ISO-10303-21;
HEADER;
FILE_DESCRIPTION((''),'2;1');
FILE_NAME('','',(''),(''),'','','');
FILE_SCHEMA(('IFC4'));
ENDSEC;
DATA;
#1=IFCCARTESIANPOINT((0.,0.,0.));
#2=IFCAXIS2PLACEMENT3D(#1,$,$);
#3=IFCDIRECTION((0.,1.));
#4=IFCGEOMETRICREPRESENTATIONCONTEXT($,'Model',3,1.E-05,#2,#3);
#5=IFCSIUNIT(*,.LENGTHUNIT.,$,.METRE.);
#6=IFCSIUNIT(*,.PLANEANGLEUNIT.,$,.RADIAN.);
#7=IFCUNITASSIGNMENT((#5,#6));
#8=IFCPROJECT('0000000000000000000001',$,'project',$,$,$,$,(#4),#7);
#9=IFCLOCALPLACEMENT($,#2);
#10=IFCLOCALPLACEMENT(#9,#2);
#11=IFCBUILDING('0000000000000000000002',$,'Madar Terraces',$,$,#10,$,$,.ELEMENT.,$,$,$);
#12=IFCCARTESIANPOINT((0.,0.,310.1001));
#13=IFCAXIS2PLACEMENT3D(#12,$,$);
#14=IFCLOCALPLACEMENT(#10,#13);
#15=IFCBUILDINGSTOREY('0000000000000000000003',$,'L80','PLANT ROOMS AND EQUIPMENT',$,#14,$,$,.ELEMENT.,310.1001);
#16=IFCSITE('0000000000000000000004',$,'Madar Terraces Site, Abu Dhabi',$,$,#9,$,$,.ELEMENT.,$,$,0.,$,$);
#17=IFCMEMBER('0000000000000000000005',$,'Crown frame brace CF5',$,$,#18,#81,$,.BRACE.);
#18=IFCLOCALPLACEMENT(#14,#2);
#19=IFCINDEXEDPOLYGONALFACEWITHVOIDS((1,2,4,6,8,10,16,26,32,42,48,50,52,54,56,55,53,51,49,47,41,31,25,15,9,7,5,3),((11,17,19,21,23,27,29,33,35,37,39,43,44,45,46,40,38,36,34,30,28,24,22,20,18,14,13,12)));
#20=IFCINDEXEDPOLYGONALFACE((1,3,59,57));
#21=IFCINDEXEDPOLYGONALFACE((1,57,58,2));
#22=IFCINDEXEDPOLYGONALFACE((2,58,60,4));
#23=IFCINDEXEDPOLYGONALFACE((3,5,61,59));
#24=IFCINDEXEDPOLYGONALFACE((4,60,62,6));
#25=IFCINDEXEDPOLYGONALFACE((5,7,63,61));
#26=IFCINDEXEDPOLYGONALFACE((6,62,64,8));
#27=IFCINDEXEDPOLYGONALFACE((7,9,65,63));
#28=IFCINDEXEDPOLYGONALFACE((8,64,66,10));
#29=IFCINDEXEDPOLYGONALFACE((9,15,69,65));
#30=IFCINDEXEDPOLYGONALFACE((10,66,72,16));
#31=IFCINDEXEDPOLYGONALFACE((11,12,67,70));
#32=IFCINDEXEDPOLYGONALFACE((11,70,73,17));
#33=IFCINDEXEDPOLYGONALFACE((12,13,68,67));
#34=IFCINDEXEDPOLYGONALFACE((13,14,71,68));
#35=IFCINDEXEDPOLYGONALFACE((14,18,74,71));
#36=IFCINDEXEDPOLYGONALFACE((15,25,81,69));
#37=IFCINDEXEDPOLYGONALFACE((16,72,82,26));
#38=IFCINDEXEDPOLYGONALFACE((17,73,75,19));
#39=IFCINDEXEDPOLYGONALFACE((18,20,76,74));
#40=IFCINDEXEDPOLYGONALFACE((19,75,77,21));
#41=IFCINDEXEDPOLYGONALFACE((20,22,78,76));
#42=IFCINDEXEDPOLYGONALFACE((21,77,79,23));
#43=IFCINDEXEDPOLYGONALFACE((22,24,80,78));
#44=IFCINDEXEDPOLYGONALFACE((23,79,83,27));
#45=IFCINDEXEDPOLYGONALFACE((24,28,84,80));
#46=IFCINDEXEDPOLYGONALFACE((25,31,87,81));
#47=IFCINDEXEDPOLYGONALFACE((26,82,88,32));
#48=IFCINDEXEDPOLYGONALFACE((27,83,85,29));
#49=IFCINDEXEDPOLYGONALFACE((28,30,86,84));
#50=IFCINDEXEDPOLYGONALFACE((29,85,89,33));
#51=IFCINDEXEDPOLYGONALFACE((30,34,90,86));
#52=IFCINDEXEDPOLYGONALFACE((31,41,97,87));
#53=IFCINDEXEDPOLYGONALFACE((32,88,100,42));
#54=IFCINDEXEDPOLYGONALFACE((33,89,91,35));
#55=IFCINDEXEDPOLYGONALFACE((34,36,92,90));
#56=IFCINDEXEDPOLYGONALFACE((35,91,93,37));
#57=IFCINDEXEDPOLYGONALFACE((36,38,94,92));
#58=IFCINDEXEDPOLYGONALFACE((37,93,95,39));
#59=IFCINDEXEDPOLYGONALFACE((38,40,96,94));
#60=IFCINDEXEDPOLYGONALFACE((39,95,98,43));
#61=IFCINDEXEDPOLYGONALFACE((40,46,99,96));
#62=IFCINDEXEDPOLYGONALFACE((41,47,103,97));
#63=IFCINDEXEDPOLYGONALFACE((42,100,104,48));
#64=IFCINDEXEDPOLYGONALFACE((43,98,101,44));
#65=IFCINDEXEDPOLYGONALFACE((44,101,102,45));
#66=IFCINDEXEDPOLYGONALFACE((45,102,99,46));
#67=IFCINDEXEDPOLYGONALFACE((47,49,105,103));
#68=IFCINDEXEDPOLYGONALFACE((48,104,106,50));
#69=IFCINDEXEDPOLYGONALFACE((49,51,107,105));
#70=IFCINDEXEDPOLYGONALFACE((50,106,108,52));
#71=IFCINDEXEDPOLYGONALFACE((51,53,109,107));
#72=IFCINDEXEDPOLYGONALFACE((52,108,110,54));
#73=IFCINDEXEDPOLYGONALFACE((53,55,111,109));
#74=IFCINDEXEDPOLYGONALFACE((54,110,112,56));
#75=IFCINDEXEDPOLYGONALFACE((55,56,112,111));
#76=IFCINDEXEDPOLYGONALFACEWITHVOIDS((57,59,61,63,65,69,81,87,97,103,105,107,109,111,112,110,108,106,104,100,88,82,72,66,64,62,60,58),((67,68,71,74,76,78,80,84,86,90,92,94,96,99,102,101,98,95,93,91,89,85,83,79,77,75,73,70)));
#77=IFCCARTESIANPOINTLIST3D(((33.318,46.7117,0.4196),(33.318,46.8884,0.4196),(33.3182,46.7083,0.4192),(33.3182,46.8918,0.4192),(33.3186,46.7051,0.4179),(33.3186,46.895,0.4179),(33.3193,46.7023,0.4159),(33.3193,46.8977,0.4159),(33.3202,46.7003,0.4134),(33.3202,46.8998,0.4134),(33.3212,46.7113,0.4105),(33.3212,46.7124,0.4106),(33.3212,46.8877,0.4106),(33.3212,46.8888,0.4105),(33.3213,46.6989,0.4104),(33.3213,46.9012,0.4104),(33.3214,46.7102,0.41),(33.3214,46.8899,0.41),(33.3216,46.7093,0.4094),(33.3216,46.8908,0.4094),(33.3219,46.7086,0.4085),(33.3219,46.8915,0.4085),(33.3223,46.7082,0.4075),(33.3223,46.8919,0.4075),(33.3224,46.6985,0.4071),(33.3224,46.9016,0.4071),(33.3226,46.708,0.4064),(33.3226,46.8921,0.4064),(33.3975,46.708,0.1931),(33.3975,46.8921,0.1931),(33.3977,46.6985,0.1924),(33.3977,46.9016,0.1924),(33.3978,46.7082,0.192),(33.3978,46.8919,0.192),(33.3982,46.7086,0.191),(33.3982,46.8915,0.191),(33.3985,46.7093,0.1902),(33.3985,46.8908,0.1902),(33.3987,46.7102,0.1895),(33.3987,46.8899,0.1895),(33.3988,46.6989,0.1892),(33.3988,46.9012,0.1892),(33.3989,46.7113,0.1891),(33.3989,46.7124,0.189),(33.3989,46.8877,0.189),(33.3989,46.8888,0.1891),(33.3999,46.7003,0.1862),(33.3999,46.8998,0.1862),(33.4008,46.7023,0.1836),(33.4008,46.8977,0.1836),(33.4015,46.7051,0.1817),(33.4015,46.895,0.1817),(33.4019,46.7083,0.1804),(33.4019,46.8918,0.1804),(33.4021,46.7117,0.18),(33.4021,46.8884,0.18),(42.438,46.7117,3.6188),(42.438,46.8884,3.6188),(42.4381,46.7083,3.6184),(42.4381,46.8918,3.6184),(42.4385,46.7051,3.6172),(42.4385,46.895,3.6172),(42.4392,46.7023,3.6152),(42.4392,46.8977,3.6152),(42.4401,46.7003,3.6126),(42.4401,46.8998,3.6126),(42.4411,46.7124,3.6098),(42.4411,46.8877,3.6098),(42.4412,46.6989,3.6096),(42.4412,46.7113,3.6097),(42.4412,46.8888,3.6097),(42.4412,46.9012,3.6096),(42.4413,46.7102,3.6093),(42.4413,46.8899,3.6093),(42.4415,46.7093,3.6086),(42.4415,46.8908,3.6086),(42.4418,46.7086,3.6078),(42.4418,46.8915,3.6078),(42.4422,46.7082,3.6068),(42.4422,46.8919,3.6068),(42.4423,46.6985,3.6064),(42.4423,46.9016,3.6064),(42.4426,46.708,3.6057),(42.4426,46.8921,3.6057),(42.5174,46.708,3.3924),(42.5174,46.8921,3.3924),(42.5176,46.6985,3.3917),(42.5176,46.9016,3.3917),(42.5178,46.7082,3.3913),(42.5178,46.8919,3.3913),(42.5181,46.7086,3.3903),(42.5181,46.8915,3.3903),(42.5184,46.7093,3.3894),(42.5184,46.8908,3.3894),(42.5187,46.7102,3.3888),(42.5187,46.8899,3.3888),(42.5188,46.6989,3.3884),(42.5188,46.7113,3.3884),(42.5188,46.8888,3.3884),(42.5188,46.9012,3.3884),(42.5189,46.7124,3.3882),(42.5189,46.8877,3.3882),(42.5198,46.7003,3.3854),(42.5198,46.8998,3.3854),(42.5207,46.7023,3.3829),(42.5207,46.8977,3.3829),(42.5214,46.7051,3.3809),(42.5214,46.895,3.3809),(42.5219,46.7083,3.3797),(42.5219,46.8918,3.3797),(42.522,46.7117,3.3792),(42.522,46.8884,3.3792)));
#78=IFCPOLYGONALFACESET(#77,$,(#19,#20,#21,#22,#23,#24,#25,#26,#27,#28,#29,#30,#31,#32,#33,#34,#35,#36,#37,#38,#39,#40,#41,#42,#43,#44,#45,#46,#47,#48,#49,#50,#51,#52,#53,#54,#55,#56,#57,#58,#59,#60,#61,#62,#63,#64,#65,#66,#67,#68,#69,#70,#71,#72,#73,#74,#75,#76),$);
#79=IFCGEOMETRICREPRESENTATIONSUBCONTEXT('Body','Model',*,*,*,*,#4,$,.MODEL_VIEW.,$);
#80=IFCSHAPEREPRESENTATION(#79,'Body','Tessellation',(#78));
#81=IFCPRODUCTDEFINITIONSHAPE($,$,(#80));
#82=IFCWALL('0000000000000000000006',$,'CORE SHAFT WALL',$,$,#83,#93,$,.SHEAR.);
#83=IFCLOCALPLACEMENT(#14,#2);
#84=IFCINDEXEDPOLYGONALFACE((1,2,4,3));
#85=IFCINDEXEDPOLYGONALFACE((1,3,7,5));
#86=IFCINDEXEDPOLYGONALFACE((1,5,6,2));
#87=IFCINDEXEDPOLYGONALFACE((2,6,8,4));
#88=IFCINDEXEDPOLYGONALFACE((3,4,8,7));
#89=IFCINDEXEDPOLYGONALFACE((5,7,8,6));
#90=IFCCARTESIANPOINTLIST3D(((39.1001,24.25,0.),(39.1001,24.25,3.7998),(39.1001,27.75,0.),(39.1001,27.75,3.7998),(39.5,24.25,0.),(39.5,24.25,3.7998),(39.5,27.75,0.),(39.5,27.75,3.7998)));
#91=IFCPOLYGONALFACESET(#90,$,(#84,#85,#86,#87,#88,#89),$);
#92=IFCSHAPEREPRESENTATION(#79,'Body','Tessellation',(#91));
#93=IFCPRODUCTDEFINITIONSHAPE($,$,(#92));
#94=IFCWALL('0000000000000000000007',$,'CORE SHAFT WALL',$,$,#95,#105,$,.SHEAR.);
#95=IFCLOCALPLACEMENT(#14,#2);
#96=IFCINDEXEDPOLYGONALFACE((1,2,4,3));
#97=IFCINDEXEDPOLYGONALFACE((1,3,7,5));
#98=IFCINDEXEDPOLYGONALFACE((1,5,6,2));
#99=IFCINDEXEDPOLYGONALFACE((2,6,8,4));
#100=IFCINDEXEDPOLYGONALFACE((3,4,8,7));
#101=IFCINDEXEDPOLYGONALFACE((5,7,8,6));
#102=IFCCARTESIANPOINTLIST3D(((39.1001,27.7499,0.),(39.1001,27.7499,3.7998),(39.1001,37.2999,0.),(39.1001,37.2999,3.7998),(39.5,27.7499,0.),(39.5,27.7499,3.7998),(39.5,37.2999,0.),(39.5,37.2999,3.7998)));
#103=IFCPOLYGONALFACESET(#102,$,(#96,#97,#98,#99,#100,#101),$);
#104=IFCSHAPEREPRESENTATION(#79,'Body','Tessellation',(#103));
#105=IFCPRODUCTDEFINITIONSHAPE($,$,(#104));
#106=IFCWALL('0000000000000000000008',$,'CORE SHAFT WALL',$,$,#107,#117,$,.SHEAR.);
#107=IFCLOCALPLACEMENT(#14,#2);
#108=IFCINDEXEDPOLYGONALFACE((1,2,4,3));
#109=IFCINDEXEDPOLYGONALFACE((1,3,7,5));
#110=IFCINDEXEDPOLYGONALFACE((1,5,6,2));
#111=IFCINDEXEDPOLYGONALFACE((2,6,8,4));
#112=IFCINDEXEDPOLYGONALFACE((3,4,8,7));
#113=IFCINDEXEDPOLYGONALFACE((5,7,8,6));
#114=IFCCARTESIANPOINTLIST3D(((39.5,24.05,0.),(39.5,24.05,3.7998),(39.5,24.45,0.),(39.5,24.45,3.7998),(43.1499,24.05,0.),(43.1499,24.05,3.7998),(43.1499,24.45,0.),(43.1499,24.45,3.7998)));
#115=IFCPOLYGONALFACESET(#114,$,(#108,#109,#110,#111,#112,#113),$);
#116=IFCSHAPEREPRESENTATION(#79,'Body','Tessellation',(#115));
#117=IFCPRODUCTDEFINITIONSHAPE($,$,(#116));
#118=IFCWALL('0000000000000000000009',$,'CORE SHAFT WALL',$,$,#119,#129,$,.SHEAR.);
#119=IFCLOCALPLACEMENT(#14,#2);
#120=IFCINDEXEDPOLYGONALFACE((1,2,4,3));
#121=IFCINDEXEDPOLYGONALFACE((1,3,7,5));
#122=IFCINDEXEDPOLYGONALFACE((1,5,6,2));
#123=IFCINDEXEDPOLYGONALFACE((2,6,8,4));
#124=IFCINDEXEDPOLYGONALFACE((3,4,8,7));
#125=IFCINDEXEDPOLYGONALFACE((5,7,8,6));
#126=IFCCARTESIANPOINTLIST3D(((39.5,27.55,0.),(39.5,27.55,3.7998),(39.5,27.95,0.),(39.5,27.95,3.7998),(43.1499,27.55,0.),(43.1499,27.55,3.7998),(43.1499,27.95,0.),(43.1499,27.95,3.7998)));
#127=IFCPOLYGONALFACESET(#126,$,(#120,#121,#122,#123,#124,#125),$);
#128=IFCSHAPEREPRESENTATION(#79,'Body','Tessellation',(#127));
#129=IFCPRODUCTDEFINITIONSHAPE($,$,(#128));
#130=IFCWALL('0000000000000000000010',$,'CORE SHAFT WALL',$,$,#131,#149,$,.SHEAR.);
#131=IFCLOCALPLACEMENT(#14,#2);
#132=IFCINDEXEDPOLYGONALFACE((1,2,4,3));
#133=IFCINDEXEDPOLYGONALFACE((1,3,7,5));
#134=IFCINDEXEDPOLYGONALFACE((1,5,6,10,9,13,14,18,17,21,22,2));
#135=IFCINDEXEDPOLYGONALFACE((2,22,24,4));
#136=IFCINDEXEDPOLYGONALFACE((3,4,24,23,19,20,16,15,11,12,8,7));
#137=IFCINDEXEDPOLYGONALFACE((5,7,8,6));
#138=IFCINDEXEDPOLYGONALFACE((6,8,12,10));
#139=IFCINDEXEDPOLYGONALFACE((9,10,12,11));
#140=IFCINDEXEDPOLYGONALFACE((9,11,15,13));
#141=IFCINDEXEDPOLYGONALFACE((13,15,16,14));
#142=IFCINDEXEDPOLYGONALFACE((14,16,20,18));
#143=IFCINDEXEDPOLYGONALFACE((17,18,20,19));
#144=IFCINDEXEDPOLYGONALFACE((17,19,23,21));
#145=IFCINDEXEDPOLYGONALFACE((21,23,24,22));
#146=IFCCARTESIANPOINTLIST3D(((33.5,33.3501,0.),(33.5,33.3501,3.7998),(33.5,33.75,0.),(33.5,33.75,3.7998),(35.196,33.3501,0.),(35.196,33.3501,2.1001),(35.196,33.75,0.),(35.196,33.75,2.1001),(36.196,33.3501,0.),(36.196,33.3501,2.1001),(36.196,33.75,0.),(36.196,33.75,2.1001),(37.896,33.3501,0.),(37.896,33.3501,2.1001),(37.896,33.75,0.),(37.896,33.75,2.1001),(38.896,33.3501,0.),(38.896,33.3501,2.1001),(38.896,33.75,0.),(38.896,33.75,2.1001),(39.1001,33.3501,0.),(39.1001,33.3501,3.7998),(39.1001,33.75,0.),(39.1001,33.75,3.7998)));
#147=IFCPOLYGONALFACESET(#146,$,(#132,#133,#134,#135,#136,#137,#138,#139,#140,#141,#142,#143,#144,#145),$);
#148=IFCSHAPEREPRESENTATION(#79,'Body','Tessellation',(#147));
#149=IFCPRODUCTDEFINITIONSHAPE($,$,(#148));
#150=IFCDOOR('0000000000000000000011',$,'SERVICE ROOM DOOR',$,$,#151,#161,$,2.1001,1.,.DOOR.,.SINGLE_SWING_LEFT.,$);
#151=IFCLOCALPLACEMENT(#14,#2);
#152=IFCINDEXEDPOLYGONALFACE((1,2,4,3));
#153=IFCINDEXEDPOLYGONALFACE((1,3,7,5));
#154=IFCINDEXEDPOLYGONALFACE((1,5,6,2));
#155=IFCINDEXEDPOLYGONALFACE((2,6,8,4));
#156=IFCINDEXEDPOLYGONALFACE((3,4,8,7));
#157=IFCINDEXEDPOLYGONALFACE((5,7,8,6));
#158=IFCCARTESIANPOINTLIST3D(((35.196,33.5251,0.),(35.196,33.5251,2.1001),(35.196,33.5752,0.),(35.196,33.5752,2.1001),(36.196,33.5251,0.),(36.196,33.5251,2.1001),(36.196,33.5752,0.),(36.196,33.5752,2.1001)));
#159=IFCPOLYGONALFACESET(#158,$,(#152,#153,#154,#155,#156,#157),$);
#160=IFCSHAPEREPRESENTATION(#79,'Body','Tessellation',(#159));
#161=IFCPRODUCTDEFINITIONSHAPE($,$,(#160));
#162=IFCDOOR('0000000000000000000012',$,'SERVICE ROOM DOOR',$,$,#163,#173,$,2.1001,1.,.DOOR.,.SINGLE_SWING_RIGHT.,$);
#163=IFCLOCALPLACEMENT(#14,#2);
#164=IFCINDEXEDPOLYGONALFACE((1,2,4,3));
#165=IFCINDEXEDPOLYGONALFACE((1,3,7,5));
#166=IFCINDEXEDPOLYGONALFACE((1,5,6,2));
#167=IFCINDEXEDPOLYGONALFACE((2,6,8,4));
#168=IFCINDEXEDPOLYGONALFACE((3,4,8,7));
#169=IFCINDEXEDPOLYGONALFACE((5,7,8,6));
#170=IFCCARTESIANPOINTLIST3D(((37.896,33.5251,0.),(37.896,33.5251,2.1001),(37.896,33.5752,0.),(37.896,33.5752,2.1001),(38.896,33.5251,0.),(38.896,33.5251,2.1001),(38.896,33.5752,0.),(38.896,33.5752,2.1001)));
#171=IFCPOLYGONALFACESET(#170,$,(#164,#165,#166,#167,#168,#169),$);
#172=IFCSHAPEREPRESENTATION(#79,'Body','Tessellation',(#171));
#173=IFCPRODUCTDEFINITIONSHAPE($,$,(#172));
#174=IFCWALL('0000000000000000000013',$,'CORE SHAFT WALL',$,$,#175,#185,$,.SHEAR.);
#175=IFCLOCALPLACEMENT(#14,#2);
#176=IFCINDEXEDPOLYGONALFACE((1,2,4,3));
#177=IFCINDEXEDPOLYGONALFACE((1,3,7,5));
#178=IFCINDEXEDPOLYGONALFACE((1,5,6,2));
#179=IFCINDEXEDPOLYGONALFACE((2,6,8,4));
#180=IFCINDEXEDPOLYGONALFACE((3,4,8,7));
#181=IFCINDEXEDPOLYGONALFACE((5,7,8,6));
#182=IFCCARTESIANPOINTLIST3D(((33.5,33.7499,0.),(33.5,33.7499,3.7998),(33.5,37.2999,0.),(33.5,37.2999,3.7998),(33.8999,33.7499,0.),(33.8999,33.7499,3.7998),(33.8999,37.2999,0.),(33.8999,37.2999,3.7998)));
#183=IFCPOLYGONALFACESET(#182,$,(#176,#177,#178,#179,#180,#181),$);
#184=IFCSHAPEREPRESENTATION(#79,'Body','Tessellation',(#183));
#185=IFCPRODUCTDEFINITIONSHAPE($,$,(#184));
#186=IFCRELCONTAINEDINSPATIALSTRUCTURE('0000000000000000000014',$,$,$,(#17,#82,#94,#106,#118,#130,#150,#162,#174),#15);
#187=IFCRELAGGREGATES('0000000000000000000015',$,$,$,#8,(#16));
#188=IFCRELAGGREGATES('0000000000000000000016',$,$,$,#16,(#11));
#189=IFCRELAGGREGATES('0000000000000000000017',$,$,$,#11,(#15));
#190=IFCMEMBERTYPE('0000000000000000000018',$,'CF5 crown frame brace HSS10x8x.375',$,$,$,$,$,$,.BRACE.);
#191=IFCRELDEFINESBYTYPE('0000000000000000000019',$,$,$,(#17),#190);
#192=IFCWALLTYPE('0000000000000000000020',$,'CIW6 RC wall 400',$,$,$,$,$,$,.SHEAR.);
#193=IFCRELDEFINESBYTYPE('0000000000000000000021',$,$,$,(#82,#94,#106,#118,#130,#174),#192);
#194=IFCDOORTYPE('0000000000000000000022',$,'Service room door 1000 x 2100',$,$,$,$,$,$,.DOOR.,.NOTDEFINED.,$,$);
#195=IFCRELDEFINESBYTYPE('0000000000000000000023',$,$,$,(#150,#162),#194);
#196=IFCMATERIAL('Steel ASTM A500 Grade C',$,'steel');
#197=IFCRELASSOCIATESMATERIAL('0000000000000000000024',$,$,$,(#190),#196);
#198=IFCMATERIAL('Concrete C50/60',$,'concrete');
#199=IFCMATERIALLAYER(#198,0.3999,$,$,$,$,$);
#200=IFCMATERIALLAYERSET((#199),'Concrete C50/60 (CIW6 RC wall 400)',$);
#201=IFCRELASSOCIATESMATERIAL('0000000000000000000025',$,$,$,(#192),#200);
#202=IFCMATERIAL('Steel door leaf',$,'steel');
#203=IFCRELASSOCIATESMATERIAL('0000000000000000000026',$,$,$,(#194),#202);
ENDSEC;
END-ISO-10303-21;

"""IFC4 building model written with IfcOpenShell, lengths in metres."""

from ifc_helpers import new_model, si_unit, direction, frame, frame_2d, origin, origin_2d, place, context, subcontext, project, spatial, rectangle, hollow_rectangle, extrude, material, layer, layer_set, material_profile, profile_set, type_object, element, fill, save


model = new_model("IFC4")

# Units and contexts
model_context = context("Model", 3, precision=1e-05, world=origin(), true_north=direction((0.0, 1.0)))
body_context = subcontext(model_context, "Body", "Model", "MODEL_VIEW")
ifc_project = project(units=[si_unit("LENGTHUNIT", "METRE"), si_unit("PLANEANGLEUNIT", "RADIAN")], contexts=[model_context])

# Site, building, storey
site_placement = place(None, origin())
site = spatial("IfcSite", under=ifc_project, at=site_placement, Name="Madar Terraces Site, Abu Dhabi", CompositionType="ELEMENT", RefElevation=0.0)
building_placement = place(site_placement, origin())
building = spatial("IfcBuilding", under=site, at=building_placement, Name="Madar Terraces", CompositionType="ELEMENT")
storey_placement = place(building_placement, frame((0.0, 0.0, 310.1001)))
storey = spatial("IfcBuildingStorey", under=building, at=storey_placement, Name="L80", Description="PLANT ROOMS AND EQUIPMENT", CompositionType="ELEMENT", Elevation=310.1001)

# Member
ifc_material_1 = material(Name="Steel ASTM A500 Grade C", Category="steel")
ifc_material_profile_1 = material_profile(ifc_material_1, hollow_rectangle(XDim=0.2031, YDim=0.2539, WallThickness=0.0095, InnerFilletRadius=0.0044, OuterFilletRadius=0.0132, at=origin_2d()), Name="HSS10x8x.375")
ifc_profile_set_1 = profile_set([ifc_material_profile_1], Name="Steel ASTM A500 Grade C")
member_type = type_object("IfcMemberType", Name="CF5 crown frame brace HSS10x8x.375", PredefinedType="BRACE", material=ifc_profile_set_1)
member_placement = place(storey_placement, frame((42.48, 46.8, 3.499), z_axis=(-0.943624, 0.0, -0.33102), x_axis=(0.0, -1.0, 0.0)))
element("IfcMember", 1, at=member_placement, inside=storey, type_object=member_type, Name="Crown frame brace CF5", PredefinedType="BRACE", context=body_context, shape_type="SweptSolid", body=[
    extrude(hollow_rectangle(XDim=0.2031, YDim=0.2539, WallThickness=0.0095, InnerFilletRadius=0.0044, OuterFilletRadius=0.0132, at=origin_2d()), origin(), (0.0, 0.0, 1.0), 9.6648),
])

# Walls
ifc_material_2 = material(Name="Concrete C50/60", Category="concrete")
ifc_layer_1 = layer(ifc_material_2, 0.3999)
ifc_layer_set_1 = layer_set([ifc_layer_1], Name="Concrete C50/60 (CIW6 RC wall 400)")
wall_type_1 = type_object("IfcWallType", Name="CIW6 RC wall 400", PredefinedType="SHEAR", material=ifc_layer_set_1)
wall_1_placement = place(storey_placement, frame((39.3, 24.25, 0.0), z_axis=(0.0, 0.0, 1.0), x_axis=(0.0, 1.0, 0.0)))
element("IfcWall", 2, at=wall_1_placement, inside=storey, type_object=wall_type_1, Name="CORE SHAFT WALL", PredefinedType="SHEAR", context=body_context, shape_type="SweptSolid", body=[
    extrude(rectangle(XDim=3.5, YDim=0.3999, at=frame_2d((1.75, 0.0))), origin(), (0.0, 0.0, 1.0), 3.7998),
])
wall_2_placement = place(storey_placement, frame((39.3, 27.75, 0.0), z_axis=(0.0, 0.0, 1.0), x_axis=(0.0, 1.0, 0.0)))
element("IfcWall", 3, at=wall_2_placement, inside=storey, type_object=wall_type_1, Name="CORE SHAFT WALL", PredefinedType="SHEAR", context=body_context, shape_type="SweptSolid", body=[
    extrude(rectangle(XDim=9.55, YDim=0.3999, at=frame_2d((4.7749, 0.0))), origin(), (0.0, 0.0, 1.0), 3.7998),
])
for number, where, z_axis, x_axis, name in (
    (4, (39.5, 24.25, 0.0), (0.0, 0.0, 1.0), (1.0, 0.0, 0.0), "CORE SHAFT WALL"),
    (5, (39.5, 27.75, 0.0), (0.0, 0.0, 1.0), (1.0, 0.0, 0.0), "CORE SHAFT WALL"),
):
    element("IfcWall", number, at=place(storey_placement, frame(where, z_axis=z_axis, x_axis=x_axis)), inside=storey, type_object=wall_type_1, Name=name, PredefinedType="SHEAR", context=body_context, shape_type="SweptSolid", body=[
        extrude(rectangle(XDim=3.6499, YDim=0.3999, at=frame_2d((1.825, 0.0))), origin(), (0.0, 0.0, 1.0), 3.7998),
    ])

# Wall, openings, doors
wall_3_placement = place(storey_placement, frame((33.5, 33.55, 0.0), z_axis=(0.0, 0.0, 1.0), x_axis=(1.0, 0.0, 0.0)))
wall_3 = element("IfcWall", 6, at=wall_3_placement, inside=storey, type_object=wall_type_1, Name="CORE SHAFT WALL", PredefinedType="SHEAR", context=body_context, shape_type="SweptSolid", body=[
    extrude(rectangle(XDim=5.6001, YDim=0.3999, at=frame_2d((2.8, 0.0))), origin(), (0.0, 0.0, 1.0), 3.7998),
])
opening_1_placement = place(wall_3_placement, frame((1.696, 0.0, 0.0)))
opening_1 = element("IfcOpeningElement", 7, at=opening_1_placement, cuts=wall_3, PredefinedType="OPENING", context=body_context, shape_type="SweptSolid", body=[
    extrude(rectangle(XDim=1.0, YDim=2.1001, at=frame_2d((0.5, 1.05))), frame((0.0, 0.21, 0.0), z_axis=(0.0, -1.0, 0.0), x_axis=(1.0, 0.0, 0.0)), (0.0, 0.0, 1.0), 0.4199),
])
opening_2_placement = place(wall_3_placement, frame((4.396, 0.0, 0.0)))
opening_2 = element("IfcOpeningElement", 8, at=opening_2_placement, cuts=wall_3, PredefinedType="OPENING", context=body_context, shape_type="SweptSolid", body=[
    extrude(rectangle(XDim=1.0, YDim=2.1001, at=frame_2d((0.5, 1.05))), frame((0.0, 0.21, 0.0), z_axis=(0.0, -1.0, 0.0), x_axis=(1.0, 0.0, 0.0)), (0.0, 0.0, 1.0), 0.4199),
])
ifc_material_3 = material(Name="Steel door leaf", Category="steel")
door_type = type_object("IfcDoorType", Name="Service room door 1000 x 2100", OperationType="NOTDEFINED", PredefinedType="DOOR", material=ifc_material_3)
door_1_placement = place(opening_1_placement, frame((1.0, 0.0, 0.0), z_axis=(0.0, 0.0, 1.0), x_axis=(-1.0, 0.0, 0.0)))
door_1 = element("IfcDoor", 9, at=door_1_placement, inside=storey, type_object=door_type, Name="SERVICE ROOM DOOR", OperationType="SINGLE_SWING_LEFT", OverallHeight=2.1001, OverallWidth=1.0, PredefinedType="DOOR", context=body_context, shape_type="SweptSolid", body=[
    extrude(rectangle(XDim=1.0, YDim=2.1001, at=frame_2d((0.5, 1.05))), frame((0.0, 0.0249, 0.0), z_axis=(0.0, -1.0, 0.0), x_axis=(1.0, 0.0, 0.0)), (0.0, 0.0, 1.0), 0.05),
])
fill(opening_1, door_1)
door_2_placement = place(opening_2_placement, frame((1.0, 0.0, 0.0), z_axis=(0.0, 0.0, 1.0), x_axis=(-1.0, 0.0, 0.0)))
door_2 = element("IfcDoor", 10, at=door_2_placement, inside=storey, type_object=door_type, Name="SERVICE ROOM DOOR", OperationType="SINGLE_SWING_RIGHT", OverallHeight=2.1001, OverallWidth=1.0, PredefinedType="DOOR", context=body_context, shape_type="SweptSolid", body=[
    extrude(rectangle(XDim=1.0, YDim=2.1001, at=frame_2d((0.5, 1.05))), frame((0.0, 0.0249, 0.0), z_axis=(0.0, -1.0, 0.0), x_axis=(1.0, 0.0, 0.0)), (0.0, 0.0, 1.0), 0.05),
])
fill(opening_2, door_2)

# Wall
wall_4_placement = place(storey_placement, frame((33.7, 33.75, 0.0), z_axis=(0.0, 0.0, 1.0), x_axis=(0.0, 1.0, 0.0)))
element("IfcWall", 11, at=wall_4_placement, inside=storey, type_object=wall_type_1, Name="CORE SHAFT WALL", PredefinedType="SHEAR", context=body_context, shape_type="SweptSolid", body=[
    extrude(rectangle(XDim=3.55, YDim=0.3999, at=frame_2d((1.7749, 0.0))), origin(), (0.0, 0.0, 1.0), 3.7998),
])

save(model, "model.ifc")
